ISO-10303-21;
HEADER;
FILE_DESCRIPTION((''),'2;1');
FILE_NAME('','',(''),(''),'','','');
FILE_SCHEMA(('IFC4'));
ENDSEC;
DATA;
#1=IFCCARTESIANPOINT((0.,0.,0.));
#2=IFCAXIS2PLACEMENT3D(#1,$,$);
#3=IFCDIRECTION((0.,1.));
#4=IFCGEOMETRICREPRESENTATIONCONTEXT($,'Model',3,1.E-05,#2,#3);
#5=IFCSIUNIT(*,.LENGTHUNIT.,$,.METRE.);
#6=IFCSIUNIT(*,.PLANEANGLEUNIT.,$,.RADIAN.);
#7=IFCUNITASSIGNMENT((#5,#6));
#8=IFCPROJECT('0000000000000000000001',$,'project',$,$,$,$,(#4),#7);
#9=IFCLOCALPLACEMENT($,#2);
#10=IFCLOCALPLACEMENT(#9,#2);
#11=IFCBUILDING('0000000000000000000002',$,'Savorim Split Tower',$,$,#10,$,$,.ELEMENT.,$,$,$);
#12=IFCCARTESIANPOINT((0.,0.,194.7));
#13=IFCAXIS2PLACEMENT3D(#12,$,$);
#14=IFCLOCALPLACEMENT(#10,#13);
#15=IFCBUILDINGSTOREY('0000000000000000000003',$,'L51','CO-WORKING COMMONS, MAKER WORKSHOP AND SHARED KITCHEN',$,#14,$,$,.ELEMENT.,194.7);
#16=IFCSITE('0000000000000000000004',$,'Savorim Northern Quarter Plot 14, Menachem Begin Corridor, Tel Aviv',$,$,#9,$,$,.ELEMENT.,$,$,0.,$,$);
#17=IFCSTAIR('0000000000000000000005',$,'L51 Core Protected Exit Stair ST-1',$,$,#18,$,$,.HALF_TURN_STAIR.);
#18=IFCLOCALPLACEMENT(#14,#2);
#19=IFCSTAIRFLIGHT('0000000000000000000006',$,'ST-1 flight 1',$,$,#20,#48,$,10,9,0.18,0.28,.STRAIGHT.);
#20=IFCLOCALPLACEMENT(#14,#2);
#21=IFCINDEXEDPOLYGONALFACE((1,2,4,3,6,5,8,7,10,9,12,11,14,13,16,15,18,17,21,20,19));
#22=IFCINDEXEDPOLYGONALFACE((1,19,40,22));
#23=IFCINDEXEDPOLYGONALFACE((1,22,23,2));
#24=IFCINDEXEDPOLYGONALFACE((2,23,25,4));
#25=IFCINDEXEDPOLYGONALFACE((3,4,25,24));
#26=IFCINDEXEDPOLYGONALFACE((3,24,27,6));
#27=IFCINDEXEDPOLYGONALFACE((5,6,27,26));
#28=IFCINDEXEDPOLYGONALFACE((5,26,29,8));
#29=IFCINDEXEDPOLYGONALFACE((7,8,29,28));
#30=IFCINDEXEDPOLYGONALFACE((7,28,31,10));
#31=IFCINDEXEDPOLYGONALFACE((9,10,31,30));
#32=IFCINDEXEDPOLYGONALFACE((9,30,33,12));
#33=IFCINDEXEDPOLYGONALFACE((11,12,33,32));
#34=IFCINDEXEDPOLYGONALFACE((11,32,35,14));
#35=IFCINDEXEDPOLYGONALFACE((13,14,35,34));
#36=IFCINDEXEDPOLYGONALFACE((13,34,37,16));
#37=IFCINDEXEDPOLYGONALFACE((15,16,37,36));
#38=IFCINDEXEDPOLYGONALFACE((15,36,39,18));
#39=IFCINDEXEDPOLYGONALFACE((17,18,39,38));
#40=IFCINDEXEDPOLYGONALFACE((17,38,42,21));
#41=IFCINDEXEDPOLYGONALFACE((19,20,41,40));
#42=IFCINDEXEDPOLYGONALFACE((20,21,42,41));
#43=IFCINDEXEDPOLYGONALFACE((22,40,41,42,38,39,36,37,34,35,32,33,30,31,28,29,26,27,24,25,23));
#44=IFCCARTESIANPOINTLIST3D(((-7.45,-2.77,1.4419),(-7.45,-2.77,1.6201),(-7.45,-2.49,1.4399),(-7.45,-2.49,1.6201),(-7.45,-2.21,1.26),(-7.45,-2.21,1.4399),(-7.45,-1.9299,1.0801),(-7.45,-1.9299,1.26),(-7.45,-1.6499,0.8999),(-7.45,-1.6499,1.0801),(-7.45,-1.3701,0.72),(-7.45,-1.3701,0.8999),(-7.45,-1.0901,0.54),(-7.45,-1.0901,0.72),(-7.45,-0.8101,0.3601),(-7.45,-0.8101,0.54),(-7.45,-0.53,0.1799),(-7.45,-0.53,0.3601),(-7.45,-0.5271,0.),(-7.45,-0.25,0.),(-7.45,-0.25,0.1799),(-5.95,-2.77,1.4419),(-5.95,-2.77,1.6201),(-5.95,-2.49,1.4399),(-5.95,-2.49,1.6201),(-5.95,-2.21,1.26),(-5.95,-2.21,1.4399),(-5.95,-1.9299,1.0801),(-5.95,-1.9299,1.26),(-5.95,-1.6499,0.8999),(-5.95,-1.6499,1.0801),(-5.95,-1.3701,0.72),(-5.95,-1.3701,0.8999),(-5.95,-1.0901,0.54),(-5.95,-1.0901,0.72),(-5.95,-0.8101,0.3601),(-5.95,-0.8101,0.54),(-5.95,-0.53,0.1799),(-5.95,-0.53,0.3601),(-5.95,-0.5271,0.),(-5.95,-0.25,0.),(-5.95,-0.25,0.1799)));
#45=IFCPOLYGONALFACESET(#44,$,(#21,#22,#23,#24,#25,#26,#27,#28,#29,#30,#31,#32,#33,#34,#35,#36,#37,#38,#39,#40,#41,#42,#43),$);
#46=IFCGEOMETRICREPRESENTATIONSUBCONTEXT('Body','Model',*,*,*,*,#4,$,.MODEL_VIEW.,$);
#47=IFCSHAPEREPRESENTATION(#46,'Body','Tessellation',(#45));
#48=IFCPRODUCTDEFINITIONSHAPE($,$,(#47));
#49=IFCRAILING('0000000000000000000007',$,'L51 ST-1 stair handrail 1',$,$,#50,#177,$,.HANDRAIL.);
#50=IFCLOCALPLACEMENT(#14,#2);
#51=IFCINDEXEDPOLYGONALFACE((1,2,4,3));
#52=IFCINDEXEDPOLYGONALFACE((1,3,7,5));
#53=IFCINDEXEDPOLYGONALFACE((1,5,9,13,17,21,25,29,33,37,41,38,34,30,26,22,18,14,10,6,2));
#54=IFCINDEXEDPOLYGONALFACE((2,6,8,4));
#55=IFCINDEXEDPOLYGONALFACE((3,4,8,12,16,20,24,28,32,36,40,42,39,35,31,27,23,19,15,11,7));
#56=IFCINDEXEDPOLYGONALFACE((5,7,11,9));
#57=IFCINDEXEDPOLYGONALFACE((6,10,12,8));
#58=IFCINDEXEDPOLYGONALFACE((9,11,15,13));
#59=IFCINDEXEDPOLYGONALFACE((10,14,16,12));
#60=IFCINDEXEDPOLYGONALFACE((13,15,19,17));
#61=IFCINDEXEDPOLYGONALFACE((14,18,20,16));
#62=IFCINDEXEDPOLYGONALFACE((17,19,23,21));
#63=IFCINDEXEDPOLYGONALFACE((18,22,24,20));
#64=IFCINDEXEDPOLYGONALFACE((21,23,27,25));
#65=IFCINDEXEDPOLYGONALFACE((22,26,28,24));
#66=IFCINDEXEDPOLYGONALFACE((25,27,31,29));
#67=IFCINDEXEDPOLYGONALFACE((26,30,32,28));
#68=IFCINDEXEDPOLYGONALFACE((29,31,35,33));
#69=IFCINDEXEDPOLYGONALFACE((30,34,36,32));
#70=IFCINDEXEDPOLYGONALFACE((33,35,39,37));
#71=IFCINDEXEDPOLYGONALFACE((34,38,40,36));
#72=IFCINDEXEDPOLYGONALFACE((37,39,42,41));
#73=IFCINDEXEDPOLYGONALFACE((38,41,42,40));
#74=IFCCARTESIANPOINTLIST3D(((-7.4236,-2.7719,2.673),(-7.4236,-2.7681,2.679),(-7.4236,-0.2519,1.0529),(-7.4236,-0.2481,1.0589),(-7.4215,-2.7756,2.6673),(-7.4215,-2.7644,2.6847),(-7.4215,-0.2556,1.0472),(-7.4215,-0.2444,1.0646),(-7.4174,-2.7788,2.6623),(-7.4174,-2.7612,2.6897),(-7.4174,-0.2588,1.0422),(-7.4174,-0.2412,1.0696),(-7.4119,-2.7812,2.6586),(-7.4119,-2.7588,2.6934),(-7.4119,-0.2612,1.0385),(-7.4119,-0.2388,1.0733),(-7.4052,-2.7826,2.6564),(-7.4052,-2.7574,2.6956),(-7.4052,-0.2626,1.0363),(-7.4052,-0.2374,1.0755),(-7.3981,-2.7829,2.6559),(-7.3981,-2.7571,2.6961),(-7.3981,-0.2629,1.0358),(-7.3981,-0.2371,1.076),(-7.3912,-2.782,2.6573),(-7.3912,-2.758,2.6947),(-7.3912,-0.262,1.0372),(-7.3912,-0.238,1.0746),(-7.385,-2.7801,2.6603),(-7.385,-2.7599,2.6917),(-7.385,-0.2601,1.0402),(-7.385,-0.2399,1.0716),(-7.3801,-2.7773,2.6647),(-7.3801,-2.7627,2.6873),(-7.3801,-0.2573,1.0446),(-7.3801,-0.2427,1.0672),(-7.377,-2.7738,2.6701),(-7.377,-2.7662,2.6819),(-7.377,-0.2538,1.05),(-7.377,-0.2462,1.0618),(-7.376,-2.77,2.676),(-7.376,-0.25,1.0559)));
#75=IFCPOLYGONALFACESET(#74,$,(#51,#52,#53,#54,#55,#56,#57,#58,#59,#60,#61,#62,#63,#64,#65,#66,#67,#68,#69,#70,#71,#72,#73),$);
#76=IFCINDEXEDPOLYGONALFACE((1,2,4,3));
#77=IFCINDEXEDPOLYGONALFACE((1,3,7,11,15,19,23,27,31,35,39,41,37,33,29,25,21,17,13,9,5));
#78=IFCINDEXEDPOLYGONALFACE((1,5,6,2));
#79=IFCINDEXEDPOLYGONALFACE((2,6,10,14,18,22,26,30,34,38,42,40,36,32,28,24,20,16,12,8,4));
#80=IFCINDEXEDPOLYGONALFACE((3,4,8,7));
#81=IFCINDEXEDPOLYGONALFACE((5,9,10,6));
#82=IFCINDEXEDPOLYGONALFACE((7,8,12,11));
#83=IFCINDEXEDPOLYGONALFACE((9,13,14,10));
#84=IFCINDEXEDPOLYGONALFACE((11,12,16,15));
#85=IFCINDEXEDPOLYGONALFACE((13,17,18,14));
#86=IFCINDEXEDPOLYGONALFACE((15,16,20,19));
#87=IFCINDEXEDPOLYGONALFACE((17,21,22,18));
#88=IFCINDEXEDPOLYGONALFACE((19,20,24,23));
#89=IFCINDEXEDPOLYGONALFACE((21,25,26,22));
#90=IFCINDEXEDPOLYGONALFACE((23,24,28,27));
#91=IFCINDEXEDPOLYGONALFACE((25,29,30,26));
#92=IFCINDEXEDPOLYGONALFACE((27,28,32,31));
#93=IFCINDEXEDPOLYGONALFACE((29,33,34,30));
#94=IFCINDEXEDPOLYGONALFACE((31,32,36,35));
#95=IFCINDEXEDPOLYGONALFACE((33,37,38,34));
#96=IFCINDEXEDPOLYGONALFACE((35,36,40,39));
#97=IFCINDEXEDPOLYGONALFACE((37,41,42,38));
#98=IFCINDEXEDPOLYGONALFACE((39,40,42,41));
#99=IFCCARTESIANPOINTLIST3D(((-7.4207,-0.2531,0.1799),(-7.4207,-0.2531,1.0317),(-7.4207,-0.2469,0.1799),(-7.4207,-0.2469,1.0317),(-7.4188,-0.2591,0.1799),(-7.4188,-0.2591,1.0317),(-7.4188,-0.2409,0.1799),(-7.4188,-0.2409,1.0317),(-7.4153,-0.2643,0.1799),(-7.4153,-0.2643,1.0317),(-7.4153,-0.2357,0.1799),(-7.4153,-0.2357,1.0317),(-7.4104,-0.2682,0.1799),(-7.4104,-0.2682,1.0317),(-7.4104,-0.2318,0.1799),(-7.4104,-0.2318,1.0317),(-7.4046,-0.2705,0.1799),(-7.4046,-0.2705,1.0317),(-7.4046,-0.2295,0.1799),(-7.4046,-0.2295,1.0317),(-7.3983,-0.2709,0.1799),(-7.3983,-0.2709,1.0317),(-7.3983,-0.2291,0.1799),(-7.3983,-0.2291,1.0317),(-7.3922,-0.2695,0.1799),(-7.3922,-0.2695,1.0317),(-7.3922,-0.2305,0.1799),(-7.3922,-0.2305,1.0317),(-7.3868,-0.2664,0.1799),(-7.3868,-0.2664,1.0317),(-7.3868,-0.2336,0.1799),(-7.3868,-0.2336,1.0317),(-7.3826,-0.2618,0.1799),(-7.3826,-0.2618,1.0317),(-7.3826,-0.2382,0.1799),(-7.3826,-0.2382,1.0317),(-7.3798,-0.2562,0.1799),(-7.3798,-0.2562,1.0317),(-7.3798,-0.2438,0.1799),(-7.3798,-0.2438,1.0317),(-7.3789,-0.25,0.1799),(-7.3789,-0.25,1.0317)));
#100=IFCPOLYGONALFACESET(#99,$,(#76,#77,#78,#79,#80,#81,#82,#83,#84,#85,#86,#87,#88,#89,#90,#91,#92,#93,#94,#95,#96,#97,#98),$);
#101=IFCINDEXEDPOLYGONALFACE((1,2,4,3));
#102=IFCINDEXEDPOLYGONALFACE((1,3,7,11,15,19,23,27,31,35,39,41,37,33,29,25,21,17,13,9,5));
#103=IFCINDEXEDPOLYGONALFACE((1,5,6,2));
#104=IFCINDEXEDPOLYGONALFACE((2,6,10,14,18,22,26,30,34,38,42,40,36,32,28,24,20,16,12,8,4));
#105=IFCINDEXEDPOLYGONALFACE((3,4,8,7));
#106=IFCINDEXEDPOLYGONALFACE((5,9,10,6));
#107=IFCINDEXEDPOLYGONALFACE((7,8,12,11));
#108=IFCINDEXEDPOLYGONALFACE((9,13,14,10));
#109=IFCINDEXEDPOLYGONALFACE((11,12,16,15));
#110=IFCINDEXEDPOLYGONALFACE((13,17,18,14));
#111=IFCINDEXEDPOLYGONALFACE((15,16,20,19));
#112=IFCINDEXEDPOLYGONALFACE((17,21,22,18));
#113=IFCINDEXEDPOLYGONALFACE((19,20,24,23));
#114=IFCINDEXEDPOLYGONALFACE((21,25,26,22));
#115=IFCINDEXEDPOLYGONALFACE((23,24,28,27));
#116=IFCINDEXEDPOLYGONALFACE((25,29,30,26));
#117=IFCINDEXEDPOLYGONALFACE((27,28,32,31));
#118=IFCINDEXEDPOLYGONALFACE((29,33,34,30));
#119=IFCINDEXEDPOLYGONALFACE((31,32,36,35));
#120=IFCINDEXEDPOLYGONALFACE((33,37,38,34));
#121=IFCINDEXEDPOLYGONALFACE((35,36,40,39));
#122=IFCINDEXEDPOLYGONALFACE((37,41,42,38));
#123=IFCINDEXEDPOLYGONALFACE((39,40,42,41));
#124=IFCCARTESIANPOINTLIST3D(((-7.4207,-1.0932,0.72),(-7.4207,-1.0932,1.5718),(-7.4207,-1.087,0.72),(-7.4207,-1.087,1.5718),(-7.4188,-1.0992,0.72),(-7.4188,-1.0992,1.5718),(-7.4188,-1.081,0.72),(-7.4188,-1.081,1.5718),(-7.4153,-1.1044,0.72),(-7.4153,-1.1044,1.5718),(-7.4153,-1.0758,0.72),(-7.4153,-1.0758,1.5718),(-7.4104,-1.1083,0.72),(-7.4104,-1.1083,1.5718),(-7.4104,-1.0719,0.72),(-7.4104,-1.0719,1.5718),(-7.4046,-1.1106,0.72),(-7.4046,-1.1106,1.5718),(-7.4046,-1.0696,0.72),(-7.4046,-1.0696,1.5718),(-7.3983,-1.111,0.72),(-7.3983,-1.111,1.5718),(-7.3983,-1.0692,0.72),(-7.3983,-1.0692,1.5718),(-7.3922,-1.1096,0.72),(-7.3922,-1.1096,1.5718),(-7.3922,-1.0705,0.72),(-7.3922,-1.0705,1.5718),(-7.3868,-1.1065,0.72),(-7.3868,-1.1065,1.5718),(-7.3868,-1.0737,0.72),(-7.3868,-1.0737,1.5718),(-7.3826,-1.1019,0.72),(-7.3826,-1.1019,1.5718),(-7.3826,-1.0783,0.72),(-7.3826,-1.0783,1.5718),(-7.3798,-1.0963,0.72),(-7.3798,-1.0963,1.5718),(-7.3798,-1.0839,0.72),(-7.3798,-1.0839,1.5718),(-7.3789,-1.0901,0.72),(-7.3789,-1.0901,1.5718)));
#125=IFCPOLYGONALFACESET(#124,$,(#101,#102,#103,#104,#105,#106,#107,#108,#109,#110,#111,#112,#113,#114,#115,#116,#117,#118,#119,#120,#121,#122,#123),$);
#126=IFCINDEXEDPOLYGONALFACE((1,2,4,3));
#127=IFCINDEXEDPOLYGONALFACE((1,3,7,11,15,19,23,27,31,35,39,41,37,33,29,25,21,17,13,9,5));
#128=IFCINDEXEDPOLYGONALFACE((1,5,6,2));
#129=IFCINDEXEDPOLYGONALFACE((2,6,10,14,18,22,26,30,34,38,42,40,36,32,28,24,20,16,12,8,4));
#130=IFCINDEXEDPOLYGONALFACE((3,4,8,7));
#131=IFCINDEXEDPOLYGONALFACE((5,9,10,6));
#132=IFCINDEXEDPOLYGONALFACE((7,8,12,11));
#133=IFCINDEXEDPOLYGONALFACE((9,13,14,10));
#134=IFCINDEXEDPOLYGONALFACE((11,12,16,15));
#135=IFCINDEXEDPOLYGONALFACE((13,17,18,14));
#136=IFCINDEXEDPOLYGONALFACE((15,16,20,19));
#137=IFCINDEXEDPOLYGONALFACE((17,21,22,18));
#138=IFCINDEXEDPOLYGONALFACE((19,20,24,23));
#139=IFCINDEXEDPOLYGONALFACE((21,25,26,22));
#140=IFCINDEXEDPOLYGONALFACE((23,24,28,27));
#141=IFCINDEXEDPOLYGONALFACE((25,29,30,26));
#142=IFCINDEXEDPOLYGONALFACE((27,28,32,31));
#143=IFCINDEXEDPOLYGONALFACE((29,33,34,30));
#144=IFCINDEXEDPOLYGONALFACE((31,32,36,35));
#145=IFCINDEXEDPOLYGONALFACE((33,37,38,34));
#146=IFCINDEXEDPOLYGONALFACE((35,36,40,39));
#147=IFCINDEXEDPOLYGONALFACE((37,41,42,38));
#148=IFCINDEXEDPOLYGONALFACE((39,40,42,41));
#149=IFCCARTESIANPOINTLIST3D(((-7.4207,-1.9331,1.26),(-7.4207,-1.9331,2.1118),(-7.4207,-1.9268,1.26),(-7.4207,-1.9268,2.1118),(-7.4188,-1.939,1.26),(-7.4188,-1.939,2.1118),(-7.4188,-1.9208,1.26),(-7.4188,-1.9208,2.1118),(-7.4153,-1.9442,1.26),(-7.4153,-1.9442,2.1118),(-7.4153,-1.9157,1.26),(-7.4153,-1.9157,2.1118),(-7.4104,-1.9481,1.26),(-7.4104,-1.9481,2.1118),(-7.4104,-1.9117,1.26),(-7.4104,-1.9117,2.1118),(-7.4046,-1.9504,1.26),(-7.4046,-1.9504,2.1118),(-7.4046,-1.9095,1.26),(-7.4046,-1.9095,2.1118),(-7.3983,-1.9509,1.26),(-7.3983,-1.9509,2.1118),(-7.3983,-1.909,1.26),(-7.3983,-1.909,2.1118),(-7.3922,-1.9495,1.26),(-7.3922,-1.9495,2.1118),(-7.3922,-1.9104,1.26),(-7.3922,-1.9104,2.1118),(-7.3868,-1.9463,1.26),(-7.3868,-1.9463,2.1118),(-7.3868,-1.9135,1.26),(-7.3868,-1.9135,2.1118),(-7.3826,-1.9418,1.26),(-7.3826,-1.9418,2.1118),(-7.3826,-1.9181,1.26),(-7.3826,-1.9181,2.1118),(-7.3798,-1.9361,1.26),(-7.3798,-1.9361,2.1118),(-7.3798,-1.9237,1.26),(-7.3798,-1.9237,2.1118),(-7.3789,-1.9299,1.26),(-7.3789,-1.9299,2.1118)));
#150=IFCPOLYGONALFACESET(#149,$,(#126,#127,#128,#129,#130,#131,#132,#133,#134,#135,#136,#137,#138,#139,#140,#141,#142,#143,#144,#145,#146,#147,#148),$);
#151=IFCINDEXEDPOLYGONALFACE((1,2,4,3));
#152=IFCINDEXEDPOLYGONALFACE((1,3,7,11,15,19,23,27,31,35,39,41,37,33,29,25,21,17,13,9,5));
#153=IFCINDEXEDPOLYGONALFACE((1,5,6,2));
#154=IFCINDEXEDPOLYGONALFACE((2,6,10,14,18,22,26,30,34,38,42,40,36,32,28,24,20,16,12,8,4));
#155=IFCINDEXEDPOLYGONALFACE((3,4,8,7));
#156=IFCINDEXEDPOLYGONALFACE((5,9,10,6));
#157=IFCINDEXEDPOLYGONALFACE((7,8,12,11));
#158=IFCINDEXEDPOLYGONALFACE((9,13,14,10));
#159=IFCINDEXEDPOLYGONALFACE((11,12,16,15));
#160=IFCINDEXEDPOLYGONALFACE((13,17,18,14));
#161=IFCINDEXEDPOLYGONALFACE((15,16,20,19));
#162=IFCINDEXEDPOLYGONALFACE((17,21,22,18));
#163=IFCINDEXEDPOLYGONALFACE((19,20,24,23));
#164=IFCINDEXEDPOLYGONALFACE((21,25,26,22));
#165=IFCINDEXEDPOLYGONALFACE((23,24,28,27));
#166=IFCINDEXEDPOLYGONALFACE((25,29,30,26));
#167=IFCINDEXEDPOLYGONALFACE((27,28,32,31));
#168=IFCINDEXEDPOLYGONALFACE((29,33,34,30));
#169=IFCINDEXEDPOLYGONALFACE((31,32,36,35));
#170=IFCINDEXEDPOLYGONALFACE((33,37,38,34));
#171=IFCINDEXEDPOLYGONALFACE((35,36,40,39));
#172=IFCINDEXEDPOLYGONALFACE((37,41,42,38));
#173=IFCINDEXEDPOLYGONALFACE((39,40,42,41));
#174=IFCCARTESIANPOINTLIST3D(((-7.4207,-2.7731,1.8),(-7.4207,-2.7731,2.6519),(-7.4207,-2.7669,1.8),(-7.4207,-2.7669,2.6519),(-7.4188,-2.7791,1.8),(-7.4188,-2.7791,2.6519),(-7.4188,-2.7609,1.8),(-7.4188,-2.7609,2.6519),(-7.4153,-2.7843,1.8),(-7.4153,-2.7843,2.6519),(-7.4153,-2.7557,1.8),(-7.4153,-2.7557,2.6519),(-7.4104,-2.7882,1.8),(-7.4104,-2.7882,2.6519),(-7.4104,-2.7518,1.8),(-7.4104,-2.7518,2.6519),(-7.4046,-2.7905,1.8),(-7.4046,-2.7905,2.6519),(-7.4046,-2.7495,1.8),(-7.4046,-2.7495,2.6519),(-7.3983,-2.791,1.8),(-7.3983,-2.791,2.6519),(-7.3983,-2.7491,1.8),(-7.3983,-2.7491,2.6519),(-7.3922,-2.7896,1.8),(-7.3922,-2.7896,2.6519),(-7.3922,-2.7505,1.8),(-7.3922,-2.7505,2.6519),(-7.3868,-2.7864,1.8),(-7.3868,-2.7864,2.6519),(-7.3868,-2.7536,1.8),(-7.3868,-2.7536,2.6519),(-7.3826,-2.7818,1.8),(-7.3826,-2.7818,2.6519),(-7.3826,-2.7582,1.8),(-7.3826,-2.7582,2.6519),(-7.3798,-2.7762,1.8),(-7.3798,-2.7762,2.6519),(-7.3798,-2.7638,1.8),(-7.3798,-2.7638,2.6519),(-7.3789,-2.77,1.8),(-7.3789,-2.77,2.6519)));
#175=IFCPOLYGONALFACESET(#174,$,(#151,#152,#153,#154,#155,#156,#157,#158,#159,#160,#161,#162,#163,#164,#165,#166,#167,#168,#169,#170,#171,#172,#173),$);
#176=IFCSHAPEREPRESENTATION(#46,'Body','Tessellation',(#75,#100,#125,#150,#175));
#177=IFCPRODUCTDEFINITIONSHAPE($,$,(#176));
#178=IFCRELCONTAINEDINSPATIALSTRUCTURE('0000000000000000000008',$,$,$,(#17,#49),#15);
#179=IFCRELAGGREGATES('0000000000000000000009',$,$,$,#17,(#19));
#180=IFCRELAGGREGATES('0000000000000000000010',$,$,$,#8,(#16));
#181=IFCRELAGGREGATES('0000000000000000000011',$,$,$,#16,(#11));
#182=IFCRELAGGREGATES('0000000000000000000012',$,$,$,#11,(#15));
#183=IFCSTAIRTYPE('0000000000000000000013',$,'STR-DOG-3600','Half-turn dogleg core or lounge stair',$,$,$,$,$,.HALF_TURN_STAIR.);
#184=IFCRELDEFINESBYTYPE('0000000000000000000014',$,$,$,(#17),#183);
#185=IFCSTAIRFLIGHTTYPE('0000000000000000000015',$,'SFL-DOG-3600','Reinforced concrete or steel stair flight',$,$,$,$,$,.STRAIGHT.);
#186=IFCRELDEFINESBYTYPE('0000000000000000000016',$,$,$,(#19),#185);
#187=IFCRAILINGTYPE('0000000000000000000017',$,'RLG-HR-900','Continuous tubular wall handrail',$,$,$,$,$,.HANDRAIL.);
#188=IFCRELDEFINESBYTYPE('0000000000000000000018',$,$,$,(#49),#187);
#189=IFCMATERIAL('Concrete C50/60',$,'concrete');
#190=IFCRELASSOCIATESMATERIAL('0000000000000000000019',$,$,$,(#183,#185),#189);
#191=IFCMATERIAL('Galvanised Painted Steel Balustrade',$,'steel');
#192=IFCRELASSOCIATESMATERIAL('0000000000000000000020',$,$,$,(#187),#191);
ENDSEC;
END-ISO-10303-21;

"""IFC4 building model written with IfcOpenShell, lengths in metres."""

from ifc_helpers import new_model, si_unit, direction, frame, origin, origin_2d, place, context, subcontext, project, spatial, polyline, circle, outline, extrude, material, type_object, element, aggregate, save


model = new_model("IFC4")

# Units and contexts
model_context = context("Model", 3, precision=1e-05, world=origin(), true_north=direction((0.0, 1.0)))
body_context = subcontext(model_context, "Body", "Model", "MODEL_VIEW")
ifc_project = project(units=[si_unit("LENGTHUNIT", "METRE"), si_unit("PLANEANGLEUNIT", "RADIAN")], contexts=[model_context])

# Site, building, storey
site_placement = place(None, origin())
site = spatial("IfcSite", under=ifc_project, at=site_placement, Name="Savorim Northern Quarter Plot 14, Menachem Begin Corridor, Tel Aviv", CompositionType="ELEMENT", RefElevation=0.0)
building_placement = place(site_placement, origin())
building = spatial("IfcBuilding", under=site, at=building_placement, Name="Savorim Split Tower", CompositionType="ELEMENT")
storey_placement = place(building_placement, frame((0.0, 0.0, 194.7)))
storey = spatial("IfcBuildingStorey", under=building, at=storey_placement, Name="L51", Description="CO-WORKING COMMONS, MAKER WORKSHOP AND SHARED KITCHEN", CompositionType="ELEMENT", Elevation=194.7)

# Shared definitions
ifc_material_1 = material(Name="Concrete C50/60", Category="concrete")

# Stair, stair flight
stair_type = type_object("IfcStairType", Name="STR-DOG-3600", Description="Half-turn dogleg core or lounge stair", PredefinedType="HALF_TURN_STAIR", material=ifc_material_1)
stair_placement = place(storey_placement, origin())
stair = element("IfcStair", 1, at=stair_placement, inside=storey, type_object=stair_type, Name="L51 Core Protected Exit Stair ST-1", PredefinedType="HALF_TURN_STAIR")
stair_flight_type = type_object("IfcStairFlightType", Name="SFL-DOG-3600", Description="Reinforced concrete or steel stair flight", PredefinedType="STRAIGHT", material=ifc_material_1)
stair_flight_placement = place(storey_placement, frame((-6.7, -0.25, 0.0), z_axis=(0.0, 0.0, 1.0), x_axis=(0.0, -1.0, 0.0)))
stair_flight = element("IfcStairFlight", 2, at=stair_flight_placement, type_object=stair_flight_type, Name="ST-1 flight 1", NumberOfRisers=10, NumberOfTreads=9, PredefinedType="STRAIGHT", RiserHeight=0.18, TreadLength=0.28, context=body_context, shape_type="SweptSolid", body=[
    extrude(outline(polyline([(0.0, 0.0), (0.0, 0.1799), (0.28, 0.1799), (0.28, 0.3601), (0.5601, 0.3601), (0.5601, 0.54), (0.8401, 0.54), (0.8401, 0.72), (1.1201, 0.72), (1.1201, 0.8999), (1.3999, 0.8999), (1.3999, 1.0801), (1.6799, 1.0801), (1.6799, 1.26), (1.96, 1.26), (1.96, 1.4399), (2.24, 1.4399), (2.24, 1.6201), (2.52, 1.6201), (2.52, 1.8), (2.52, 1.4419), (0.2771, 0.0), (0.0, 0.0)])), frame((0.0, 0.75, 0.0), z_axis=(0.0, -1.0, 0.0), x_axis=(1.0, 0.0, 0.0)), (0.0, 0.0, 1.0), 1.5),
])
aggregate(stair, [stair_flight])

# Railing
ifc_material_2 = material(Name="Galvanised Painted Steel Balustrade", Category="steel")
railing_type_1 = type_object("IfcRailingType", Name="RLG-HR-900", Description="Continuous tubular wall handrail", PredefinedType="HANDRAIL", material=ifc_material_2)
railing_1_placement = place(storey_placement, frame((-7.3999, -0.25, 0.1799)))
element("IfcRailing", 3, at=railing_1_placement, inside=storey, type_object=railing_type_1, Name="L51 ST-1 stair handrail 1", PredefinedType="HANDRAIL", context=body_context, shape_type="SweptSolid", body=[
    extrude(circle(Radius=0.0239, at=origin_2d()), frame((0.0, 0.0, 0.876), z_axis=(0.0, -0.841163, 0.540782), x_axis=(1.0, 0.0, 0.0)), (0.0, 0.0, 1.0), 2.9958),
    extrude(circle(Radius=0.021, at=origin_2d()), origin(), (0.0, 0.0, 1.0), 0.8518),
    extrude(circle(Radius=0.021, at=origin_2d()), frame((0.0, -0.8401, 0.54)), (0.0, 0.0, 1.0), 0.8518),
    extrude(circle(Radius=0.021, at=origin_2d()), frame((0.0, -1.6799, 1.0801)), (0.0, 0.0, 1.0), 0.8518),
    extrude(circle(Radius=0.021, at=origin_2d()), frame((0.0, -2.52, 1.6201)), (0.0, 0.0, 1.0), 0.8518),
])

save(model, "model.ifc")
